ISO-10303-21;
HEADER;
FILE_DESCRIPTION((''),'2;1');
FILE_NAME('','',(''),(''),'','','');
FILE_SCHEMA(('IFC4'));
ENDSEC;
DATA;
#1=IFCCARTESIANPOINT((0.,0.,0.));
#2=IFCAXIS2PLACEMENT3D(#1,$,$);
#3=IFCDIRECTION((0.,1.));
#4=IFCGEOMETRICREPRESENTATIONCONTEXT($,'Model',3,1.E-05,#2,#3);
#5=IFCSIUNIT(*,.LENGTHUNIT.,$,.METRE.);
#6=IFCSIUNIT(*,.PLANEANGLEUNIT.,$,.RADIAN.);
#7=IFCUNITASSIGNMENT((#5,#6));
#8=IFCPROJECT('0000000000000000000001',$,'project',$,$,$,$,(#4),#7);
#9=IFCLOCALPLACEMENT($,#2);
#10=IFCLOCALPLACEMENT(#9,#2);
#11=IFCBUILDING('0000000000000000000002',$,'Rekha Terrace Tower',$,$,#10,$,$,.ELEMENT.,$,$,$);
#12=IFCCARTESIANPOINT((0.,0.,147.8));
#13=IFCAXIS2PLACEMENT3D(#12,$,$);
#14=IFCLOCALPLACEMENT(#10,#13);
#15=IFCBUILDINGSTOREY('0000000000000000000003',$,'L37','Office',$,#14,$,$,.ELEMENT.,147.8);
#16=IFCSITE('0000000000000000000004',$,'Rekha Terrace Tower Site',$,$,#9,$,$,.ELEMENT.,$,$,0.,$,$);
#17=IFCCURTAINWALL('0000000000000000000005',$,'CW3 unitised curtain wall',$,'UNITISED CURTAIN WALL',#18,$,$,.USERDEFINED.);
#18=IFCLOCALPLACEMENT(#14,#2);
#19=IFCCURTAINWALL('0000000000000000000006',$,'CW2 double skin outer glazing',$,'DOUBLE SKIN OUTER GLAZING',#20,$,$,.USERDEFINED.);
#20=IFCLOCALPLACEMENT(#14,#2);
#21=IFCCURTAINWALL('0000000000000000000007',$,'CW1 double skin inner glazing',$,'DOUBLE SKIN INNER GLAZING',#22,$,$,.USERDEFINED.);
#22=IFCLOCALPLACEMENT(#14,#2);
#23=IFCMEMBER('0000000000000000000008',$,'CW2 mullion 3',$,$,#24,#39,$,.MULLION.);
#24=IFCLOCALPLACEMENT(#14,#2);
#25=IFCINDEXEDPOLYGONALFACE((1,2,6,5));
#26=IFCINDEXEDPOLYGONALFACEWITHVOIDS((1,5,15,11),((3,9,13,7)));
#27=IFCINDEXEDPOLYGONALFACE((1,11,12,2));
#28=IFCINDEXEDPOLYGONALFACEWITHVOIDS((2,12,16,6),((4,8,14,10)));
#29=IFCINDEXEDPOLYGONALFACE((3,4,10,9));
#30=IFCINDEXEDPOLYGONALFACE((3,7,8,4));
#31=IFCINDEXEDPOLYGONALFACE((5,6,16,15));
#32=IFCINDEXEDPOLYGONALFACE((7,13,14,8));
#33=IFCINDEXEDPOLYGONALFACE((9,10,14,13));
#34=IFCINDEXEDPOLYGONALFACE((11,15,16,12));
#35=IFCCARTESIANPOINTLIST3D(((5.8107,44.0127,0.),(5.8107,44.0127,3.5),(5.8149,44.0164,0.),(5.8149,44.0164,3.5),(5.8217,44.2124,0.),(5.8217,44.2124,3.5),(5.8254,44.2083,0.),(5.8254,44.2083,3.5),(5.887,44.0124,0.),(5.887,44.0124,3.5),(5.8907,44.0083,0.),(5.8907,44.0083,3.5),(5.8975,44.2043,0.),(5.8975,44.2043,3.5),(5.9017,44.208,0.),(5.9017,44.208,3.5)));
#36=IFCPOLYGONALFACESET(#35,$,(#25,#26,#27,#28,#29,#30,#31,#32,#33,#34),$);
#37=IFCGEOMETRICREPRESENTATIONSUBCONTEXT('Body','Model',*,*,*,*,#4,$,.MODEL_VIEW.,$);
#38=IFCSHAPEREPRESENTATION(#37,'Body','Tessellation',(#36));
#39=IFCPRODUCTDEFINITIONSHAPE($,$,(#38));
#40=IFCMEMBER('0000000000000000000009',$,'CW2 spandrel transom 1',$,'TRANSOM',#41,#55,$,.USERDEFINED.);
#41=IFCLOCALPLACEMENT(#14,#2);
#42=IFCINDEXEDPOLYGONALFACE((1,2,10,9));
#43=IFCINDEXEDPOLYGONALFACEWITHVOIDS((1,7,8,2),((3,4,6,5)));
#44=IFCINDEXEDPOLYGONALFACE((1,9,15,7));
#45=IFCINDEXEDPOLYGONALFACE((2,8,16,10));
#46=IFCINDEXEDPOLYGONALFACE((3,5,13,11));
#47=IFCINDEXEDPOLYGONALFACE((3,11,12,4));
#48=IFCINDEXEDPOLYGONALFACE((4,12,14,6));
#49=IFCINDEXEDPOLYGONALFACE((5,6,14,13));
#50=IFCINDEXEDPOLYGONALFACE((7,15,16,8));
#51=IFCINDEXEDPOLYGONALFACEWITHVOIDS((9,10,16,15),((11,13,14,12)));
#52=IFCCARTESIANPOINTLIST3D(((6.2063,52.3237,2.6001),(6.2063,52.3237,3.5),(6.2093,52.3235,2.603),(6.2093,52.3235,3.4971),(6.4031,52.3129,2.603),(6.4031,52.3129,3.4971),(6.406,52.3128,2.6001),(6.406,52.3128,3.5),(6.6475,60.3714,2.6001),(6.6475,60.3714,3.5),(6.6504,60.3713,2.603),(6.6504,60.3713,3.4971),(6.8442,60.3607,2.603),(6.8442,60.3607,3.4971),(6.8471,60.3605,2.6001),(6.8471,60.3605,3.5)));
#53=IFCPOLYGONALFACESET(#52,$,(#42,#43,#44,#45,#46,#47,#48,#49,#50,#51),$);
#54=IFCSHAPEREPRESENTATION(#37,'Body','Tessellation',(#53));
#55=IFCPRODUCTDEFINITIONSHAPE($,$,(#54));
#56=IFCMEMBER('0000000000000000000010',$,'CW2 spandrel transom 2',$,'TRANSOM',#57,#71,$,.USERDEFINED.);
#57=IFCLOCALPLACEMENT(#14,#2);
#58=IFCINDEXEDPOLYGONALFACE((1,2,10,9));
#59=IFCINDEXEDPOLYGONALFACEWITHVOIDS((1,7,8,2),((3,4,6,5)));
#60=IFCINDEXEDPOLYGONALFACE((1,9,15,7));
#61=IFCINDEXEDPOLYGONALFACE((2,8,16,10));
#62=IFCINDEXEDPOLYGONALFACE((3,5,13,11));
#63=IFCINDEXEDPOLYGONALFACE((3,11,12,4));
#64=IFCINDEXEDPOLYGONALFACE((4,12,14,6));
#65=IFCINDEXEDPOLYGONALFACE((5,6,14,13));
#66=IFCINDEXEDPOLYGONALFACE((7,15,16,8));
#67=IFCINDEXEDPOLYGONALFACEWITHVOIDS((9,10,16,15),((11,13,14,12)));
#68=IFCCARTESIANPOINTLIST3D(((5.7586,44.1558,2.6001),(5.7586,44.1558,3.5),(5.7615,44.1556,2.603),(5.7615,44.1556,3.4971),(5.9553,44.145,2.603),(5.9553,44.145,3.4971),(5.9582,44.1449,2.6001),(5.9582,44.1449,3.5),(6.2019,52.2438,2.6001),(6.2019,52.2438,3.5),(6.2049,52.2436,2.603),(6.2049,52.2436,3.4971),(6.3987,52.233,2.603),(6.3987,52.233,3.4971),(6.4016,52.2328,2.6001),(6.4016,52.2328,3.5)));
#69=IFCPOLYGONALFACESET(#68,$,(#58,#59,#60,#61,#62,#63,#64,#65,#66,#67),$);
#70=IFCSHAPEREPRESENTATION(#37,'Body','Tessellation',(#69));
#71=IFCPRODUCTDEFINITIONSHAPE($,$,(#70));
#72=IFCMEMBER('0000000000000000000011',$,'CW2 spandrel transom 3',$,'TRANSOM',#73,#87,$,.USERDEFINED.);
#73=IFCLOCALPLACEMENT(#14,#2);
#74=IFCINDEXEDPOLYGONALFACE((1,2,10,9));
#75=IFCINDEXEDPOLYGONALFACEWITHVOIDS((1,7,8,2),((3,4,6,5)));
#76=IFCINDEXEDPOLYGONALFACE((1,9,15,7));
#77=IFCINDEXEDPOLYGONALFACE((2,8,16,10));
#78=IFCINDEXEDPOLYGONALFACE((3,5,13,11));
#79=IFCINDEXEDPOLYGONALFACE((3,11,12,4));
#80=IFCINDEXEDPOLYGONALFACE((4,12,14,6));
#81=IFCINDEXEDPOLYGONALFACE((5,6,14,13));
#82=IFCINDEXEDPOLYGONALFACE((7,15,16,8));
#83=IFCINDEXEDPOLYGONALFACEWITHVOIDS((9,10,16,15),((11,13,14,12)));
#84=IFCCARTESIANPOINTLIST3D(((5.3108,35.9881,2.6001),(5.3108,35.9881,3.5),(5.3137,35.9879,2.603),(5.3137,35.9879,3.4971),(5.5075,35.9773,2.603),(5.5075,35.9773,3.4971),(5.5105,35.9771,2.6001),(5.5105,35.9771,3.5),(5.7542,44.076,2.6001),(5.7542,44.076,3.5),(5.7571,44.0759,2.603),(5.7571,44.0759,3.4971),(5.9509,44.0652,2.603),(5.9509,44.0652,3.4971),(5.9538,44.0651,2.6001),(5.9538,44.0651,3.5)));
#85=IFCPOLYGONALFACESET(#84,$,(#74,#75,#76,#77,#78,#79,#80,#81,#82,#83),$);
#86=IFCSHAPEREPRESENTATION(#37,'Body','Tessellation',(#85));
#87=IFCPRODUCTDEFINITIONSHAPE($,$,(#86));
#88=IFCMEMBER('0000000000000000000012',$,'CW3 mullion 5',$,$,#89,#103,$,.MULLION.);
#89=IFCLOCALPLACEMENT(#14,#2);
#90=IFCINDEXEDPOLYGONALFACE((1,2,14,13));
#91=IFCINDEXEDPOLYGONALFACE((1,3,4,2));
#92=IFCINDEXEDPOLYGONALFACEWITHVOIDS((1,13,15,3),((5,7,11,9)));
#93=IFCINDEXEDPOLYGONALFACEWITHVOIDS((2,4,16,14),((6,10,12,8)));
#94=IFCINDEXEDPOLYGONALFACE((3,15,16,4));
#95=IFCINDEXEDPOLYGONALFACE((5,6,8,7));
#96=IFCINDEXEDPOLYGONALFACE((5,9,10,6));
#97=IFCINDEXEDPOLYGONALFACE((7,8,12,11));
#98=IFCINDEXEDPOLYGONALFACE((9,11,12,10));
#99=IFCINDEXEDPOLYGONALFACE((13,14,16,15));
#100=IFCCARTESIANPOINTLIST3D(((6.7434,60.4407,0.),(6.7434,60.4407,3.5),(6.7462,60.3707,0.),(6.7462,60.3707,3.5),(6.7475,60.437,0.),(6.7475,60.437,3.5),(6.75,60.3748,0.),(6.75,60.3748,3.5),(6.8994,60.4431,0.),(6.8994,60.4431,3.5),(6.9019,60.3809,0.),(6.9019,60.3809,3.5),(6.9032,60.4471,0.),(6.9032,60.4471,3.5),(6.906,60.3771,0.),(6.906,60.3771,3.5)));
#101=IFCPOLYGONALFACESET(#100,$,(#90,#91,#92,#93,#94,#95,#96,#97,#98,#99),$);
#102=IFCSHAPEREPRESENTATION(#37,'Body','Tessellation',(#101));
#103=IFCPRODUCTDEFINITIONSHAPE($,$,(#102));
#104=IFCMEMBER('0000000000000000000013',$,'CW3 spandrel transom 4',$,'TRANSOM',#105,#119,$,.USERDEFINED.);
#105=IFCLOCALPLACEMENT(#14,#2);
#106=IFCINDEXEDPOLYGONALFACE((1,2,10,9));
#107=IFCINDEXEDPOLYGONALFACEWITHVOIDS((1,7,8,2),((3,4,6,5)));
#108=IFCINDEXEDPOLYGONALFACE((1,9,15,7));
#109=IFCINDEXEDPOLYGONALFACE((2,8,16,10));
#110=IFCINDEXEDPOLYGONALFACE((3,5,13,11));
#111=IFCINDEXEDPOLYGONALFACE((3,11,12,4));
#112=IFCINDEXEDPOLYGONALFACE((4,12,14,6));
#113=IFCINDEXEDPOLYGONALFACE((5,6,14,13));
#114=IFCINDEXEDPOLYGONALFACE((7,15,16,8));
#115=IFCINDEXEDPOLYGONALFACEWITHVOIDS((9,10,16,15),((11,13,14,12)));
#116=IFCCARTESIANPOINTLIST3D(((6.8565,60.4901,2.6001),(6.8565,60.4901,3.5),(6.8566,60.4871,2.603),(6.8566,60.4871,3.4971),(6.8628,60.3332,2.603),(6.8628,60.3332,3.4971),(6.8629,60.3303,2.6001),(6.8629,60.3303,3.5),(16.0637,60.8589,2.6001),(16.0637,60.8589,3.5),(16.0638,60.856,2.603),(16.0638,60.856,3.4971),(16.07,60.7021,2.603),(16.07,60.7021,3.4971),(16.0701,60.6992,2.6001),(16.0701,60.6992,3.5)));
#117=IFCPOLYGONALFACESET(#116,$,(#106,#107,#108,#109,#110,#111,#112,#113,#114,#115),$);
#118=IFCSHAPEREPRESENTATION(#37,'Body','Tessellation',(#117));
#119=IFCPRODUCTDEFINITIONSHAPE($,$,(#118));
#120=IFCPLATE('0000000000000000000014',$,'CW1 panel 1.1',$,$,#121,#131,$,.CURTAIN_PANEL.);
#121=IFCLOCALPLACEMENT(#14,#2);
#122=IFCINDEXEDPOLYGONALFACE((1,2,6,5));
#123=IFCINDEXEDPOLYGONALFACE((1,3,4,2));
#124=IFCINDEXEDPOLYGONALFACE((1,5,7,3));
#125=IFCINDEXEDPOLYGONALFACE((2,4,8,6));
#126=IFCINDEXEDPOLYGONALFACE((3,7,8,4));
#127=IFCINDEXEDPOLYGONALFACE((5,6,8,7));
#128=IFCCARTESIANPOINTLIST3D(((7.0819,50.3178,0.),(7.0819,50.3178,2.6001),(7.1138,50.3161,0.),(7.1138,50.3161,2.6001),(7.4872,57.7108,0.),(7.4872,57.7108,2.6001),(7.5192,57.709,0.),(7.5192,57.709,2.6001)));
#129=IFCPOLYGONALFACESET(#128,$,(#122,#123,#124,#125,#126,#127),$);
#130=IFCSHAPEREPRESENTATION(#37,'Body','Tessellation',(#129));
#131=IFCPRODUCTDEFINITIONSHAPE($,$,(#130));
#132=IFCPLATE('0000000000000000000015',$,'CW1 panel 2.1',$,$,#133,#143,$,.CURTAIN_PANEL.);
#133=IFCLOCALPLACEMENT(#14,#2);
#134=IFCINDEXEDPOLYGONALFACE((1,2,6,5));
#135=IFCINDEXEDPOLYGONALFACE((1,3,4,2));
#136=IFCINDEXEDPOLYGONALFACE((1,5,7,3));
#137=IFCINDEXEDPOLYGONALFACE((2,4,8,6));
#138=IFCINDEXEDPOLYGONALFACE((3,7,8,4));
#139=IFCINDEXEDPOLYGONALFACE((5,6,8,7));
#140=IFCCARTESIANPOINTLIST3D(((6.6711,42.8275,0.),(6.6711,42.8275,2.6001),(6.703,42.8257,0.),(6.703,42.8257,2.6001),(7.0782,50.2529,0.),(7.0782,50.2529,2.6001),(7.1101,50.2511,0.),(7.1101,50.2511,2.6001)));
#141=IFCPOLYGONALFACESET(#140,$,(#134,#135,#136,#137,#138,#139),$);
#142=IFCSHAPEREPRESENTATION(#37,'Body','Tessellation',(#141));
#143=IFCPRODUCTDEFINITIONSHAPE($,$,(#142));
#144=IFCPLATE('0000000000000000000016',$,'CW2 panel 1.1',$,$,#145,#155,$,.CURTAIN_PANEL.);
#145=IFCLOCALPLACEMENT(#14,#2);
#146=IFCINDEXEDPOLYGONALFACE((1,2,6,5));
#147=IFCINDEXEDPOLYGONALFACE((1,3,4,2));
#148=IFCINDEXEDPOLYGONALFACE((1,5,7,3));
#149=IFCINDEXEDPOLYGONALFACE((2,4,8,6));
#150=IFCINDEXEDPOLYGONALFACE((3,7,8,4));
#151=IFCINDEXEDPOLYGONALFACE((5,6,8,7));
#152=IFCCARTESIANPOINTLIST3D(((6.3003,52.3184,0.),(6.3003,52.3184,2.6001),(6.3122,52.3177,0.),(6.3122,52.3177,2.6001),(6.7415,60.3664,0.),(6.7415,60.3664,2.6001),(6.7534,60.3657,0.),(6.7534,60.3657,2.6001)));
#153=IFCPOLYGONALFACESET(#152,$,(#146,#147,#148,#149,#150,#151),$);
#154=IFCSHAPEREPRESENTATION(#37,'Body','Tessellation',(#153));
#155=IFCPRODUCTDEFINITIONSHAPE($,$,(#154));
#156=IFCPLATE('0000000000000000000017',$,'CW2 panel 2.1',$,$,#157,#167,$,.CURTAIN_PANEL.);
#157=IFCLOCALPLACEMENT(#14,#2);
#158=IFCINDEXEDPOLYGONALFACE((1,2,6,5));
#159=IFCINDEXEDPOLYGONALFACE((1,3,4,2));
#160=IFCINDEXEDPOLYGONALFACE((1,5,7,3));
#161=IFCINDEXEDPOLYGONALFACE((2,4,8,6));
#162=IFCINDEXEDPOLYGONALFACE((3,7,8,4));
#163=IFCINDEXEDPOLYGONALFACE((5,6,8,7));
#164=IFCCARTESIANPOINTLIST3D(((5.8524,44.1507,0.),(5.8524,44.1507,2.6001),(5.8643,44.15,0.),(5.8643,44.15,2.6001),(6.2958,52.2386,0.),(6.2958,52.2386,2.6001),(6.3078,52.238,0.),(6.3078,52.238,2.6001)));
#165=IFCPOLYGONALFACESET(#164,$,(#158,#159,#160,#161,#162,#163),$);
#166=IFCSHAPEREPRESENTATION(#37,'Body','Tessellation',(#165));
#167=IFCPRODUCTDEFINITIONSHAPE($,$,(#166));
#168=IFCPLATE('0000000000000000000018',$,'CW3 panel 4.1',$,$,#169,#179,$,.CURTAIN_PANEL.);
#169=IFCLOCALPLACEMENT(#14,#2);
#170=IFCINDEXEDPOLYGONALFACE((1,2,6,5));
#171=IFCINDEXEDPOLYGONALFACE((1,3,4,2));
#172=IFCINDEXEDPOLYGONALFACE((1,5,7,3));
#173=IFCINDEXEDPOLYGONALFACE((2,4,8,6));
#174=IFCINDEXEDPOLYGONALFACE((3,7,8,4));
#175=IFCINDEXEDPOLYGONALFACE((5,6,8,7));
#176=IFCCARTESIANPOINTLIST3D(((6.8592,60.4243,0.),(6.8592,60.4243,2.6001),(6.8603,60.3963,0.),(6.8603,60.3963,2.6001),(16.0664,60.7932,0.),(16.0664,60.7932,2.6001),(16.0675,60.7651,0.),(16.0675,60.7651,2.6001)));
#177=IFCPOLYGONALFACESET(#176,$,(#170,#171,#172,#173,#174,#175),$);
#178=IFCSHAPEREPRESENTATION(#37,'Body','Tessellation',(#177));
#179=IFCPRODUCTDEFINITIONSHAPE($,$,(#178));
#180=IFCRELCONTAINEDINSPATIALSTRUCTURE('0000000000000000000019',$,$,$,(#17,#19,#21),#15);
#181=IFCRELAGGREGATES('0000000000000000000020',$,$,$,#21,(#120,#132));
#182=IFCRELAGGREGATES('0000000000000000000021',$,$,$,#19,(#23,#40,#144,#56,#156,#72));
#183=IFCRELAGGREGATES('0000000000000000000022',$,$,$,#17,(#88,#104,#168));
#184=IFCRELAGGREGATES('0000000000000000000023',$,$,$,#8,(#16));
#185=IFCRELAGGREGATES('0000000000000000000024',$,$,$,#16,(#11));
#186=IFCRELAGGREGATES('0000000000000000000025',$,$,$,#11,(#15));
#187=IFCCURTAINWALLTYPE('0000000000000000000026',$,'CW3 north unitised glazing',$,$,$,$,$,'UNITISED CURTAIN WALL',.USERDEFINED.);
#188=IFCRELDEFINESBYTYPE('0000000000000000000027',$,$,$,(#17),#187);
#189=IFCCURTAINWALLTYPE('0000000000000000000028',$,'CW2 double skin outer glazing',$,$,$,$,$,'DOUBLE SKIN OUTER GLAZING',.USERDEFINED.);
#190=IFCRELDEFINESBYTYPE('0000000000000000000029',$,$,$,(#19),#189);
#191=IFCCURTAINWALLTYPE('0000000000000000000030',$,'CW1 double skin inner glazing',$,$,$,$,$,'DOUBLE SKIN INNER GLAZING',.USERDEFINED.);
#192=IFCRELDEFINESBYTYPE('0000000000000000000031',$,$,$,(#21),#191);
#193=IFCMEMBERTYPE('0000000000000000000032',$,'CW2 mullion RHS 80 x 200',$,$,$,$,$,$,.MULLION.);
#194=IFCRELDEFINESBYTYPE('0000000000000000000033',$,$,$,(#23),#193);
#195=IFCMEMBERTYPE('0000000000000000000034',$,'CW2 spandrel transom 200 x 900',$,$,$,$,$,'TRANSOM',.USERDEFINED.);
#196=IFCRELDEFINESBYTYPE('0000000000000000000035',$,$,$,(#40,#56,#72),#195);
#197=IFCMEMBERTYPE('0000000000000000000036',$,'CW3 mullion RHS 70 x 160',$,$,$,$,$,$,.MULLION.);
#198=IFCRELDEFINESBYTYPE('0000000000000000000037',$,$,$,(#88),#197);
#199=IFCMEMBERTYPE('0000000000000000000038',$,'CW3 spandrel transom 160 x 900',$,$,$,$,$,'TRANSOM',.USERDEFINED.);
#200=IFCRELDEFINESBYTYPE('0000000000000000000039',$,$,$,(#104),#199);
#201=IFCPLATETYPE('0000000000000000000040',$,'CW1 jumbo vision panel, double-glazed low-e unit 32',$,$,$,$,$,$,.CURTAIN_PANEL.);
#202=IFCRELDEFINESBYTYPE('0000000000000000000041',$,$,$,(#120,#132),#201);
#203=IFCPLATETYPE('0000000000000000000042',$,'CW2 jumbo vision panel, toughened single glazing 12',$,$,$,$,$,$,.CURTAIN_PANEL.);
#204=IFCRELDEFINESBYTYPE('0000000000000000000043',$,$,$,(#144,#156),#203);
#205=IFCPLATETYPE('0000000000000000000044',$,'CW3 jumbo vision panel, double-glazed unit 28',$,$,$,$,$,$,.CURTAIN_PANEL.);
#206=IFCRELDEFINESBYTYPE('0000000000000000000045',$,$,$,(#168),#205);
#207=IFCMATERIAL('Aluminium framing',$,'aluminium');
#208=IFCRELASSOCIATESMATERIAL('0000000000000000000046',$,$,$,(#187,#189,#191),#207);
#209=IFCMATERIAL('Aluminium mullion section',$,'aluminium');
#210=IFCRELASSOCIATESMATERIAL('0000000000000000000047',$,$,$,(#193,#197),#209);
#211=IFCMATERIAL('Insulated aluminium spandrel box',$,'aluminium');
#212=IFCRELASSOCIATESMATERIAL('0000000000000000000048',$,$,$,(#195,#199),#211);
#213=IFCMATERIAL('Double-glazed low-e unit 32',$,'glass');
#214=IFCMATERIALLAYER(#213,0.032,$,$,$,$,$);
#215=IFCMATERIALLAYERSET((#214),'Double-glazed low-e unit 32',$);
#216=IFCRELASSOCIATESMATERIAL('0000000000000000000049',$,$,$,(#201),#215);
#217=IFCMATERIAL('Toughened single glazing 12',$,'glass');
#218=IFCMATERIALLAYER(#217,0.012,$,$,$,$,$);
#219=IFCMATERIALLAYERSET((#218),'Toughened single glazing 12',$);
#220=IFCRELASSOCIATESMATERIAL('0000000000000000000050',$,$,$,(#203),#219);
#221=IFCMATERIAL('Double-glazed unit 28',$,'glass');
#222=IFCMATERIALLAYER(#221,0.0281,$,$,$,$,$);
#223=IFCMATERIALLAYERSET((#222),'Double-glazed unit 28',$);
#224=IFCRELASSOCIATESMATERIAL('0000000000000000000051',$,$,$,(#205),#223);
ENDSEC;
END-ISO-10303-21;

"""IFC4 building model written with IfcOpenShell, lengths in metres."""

from ifc_helpers import new_model, si_unit, direction, frame, origin, origin_2d, place, context, subcontext, project, spatial, rectangle, hollow_rectangle, extrude, material, layer, layer_set, material_profile, profile_set, type_object, element, aggregate, save


model = new_model("IFC4")

# Units and contexts
model_context = context("Model", 3, precision=1e-05, world=origin(), true_north=direction((0.0, 1.0)))
body_context = subcontext(model_context, "Body", "Model", "MODEL_VIEW")
ifc_project = project(units=[si_unit("LENGTHUNIT", "METRE"), si_unit("PLANEANGLEUNIT", "RADIAN")], contexts=[model_context])

# Site, building, storey
site_placement = place(None, origin())
site = spatial("IfcSite", under=ifc_project, at=site_placement, Name="Rekha Terrace Tower Site", CompositionType="ELEMENT", RefElevation=0.0)
building_placement = place(site_placement, origin())
building = spatial("IfcBuilding", under=site, at=building_placement, Name="Rekha Terrace Tower", CompositionType="ELEMENT")
storey_placement = place(building_placement, frame((0.0, 0.0, 147.8)))
storey = spatial("IfcBuildingStorey", under=building, at=storey_placement, Name="L37", Description="Office", CompositionType="ELEMENT", Elevation=147.8)

# Curtain wall
ifc_material_1 = material(Name="Aluminium framing", Category="aluminium")
curtain_wall_type_1 = type_object("IfcCurtainWallType", Name="CW3 north unitised glazing", ElementType="UNITISED CURTAIN WALL", PredefinedType="USERDEFINED", material=ifc_material_1)
curtain_wall_1_placement = place(storey_placement, origin())
curtain_wall_1 = element("IfcCurtainWall", 1, at=curtain_wall_1_placement, inside=storey, type_object=curtain_wall_type_1, Name="CW3 unitised curtain wall", ObjectType="UNITISED CURTAIN WALL", PredefinedType="USERDEFINED")

# Curtain walls
curtain_wall_type_2 = type_object("IfcCurtainWallType", Name="CW2 double skin outer glazing", ElementType="DOUBLE SKIN OUTER GLAZING", PredefinedType="USERDEFINED", material=ifc_material_1)
curtain_wall_2_placement = place(storey_placement, origin())
curtain_wall_2 = element("IfcCurtainWall", 2, at=curtain_wall_2_placement, inside=storey, type_object=curtain_wall_type_2, Name="CW2 double skin outer glazing", ObjectType="DOUBLE SKIN OUTER GLAZING", PredefinedType="USERDEFINED")
curtain_wall_type_3 = type_object("IfcCurtainWallType", Name="CW1 double skin inner glazing", ElementType="DOUBLE SKIN INNER GLAZING", PredefinedType="USERDEFINED", material=ifc_material_1)
curtain_wall_3_placement = place(storey_placement, origin())
curtain_wall_3 = element("IfcCurtainWall", 3, at=curtain_wall_3_placement, inside=storey, type_object=curtain_wall_type_3, Name="CW1 double skin inner glazing", ObjectType="DOUBLE SKIN INNER GLAZING", PredefinedType="USERDEFINED")
ifc_material_2 = material(Name="Aluminium mullion section", Category="aluminium")
ifc_material_3 = material(Name="Insulated aluminium spandrel box", Category="aluminium")

# Members
ifc_material_profile_1 = material_profile(ifc_material_2, hollow_rectangle(XDim=0.0801, YDim=0.2, WallThickness=0.0039, at=origin_2d()), Name="AL RHS 80x200")
ifc_profile_set_1 = profile_set([ifc_material_profile_1], Name="Aluminium mullion section")
member_type_1 = type_object("IfcMemberType", Name="CW2 mullion RHS 80 x 200", PredefinedType="MULLION", material=ifc_profile_set_1)
member_1_placement = place(storey_placement, frame((5.8562, 44.1104, 0.0), z_axis=(0.0, 0.0, 1.0), x_axis=(0.998501, -0.054742, 0.0)))
member_1 = element("IfcMember", 4, at=member_1_placement, type_object=member_type_1, Name="CW2 mullion 3", PredefinedType="MULLION", context=body_context, shape_type="SweptSolid", body=[
    extrude(hollow_rectangle(XDim=0.0801, YDim=0.2, WallThickness=0.0039, at=origin_2d()), origin(), (0.0, 0.0, 1.0), 3.5),
])
ifc_material_profile_2 = material_profile(ifc_material_3, hollow_rectangle(XDim=0.2, YDim=0.8999, WallThickness=0.0029, at=origin_2d()), Name="AL SPANDREL BOX 200x900")
ifc_profile_set_2 = profile_set([ifc_material_profile_2], Name="Insulated aluminium spandrel box")
member_type_2 = type_object("IfcMemberType", Name="CW2 spandrel transom 200 x 900", ElementType="TRANSOM", PredefinedType="USERDEFINED", material=ifc_profile_set_2)
member_2_placement = place(storey_placement, frame((6.7473, 60.366, 3.05), z_axis=(-0.054735, -0.998501, 0.0), x_axis=(0.998501, -0.054735, 0.0)))
member_2 = element("IfcMember", 5, at=member_2_placement, type_object=member_type_2, Name="CW2 spandrel transom 1", ObjectType="TRANSOM", PredefinedType="USERDEFINED", context=body_context, shape_type="SweptSolid", body=[
    extrude(hollow_rectangle(XDim=0.2, YDim=0.8999, WallThickness=0.0029, at=origin_2d()), origin(), (0.0, 0.0, 1.0), 8.0598),
])
member_3_placement = place(storey_placement, frame((6.3018, 52.2383, 3.05), z_axis=(-0.054735, -0.998501, 0.0), x_axis=(0.998501, -0.054735, 0.0)))
member_3 = element("IfcMember", 6, at=member_3_placement, type_object=member_type_2, Name="CW2 spandrel transom 2", ObjectType="TRANSOM", PredefinedType="USERDEFINED", context=body_context, shape_type="SweptSolid", body=[
    extrude(hollow_rectangle(XDim=0.2, YDim=0.8999, WallThickness=0.0029, at=origin_2d()), origin(), (0.0, 0.0, 1.0), 8.1001),
])
member_4_placement = place(storey_placement, frame((5.854, 44.0706, 3.05), z_axis=(-0.054735, -0.998501, 0.0), x_axis=(0.998501, -0.054735, 0.0)))
member_4 = element("IfcMember", 7, at=member_4_placement, type_object=member_type_2, Name="CW2 spandrel transom 3", ObjectType="TRANSOM", PredefinedType="USERDEFINED", context=body_context, shape_type="SweptSolid", body=[
    extrude(hollow_rectangle(XDim=0.2, YDim=0.8999, WallThickness=0.0029, at=origin_2d()), origin(), (0.0, 0.0, 1.0), 8.1001),
])
ifc_material_profile_3 = material_profile(ifc_material_2, hollow_rectangle(XDim=0.0701, YDim=0.1599, WallThickness=0.0039, at=origin_2d()), Name="AL RHS 70x160")
ifc_profile_set_3 = profile_set([ifc_material_profile_3], Name="Aluminium mullion section")
member_type_3 = type_object("IfcMemberType", Name="CW3 mullion RHS 70 x 160", PredefinedType="MULLION", material=ifc_profile_set_3)
member_5_placement = place(storey_placement, frame((6.8247, 60.4089, 0.0), z_axis=(0.0, 0.0, 1.0), x_axis=(0.040032, -0.999198, 0.0)))
member_5 = element("IfcMember", 8, at=member_5_placement, type_object=member_type_3, Name="CW3 mullion 5", PredefinedType="MULLION", context=body_context, shape_type="SweptSolid", body=[
    extrude(hollow_rectangle(XDim=0.0701, YDim=0.1599, WallThickness=0.0039, at=origin_2d()), origin(), (0.0, 0.0, 1.0), 3.5),
])
ifc_material_profile_4 = material_profile(ifc_material_3, hollow_rectangle(XDim=0.1599, YDim=0.8999, WallThickness=0.0029, at=origin_2d()), Name="AL SPANDREL BOX 160x900")
ifc_profile_set_4 = profile_set([ifc_material_profile_4], Name="Insulated aluminium spandrel box")
member_type_4 = type_object("IfcMemberType", Name="CW3 spandrel transom 160 x 900", ElementType="TRANSOM", PredefinedType="USERDEFINED", material=ifc_profile_set_4)
member_6_placement = place(storey_placement, frame((16.0669, 60.7791, 3.05), z_axis=(-0.999198, -0.040034, 0.0), x_axis=(0.040034, -0.999198, 0.0)))
member_6 = element("IfcMember", 9, at=member_6_placement, type_object=member_type_4, Name="CW3 spandrel transom 4", ObjectType="TRANSOM", PredefinedType="USERDEFINED", context=body_context, shape_type="SweptSolid", body=[
    extrude(hollow_rectangle(XDim=0.1599, YDim=0.8999, WallThickness=0.0029, at=origin_2d()), origin(), (0.0, 0.0, 1.0), 9.2146),
])

# Plates
ifc_material_4 = material(Name="Double-glazed low-e unit 32", Category="glass")
ifc_layer_1 = layer(ifc_material_4, 0.032)
ifc_layer_set_1 = layer_set([ifc_layer_1], Name="Double-glazed low-e unit 32")
plate_type_1 = type_object("IfcPlateType", Name="CW1 jumbo vision panel, double-glazed low-e unit 32", PredefinedType="CURTAIN_PANEL", material=ifc_layer_set_1)
plate_1_placement = place(storey_placement, frame((7.3005, 54.0134, 0.0), z_axis=(0.0, 0.0, 1.0), x_axis=(-0.054742, -0.998501, 0.0)))
plate_1 = element("IfcPlate", 10, at=plate_1_placement, type_object=plate_type_1, Name="CW1 panel 1.1", PredefinedType="CURTAIN_PANEL", context=body_context, shape_type="SweptSolid", body=[
    extrude(rectangle(XDim=7.4041, YDim=0.032, at=origin_2d()), origin(), (0.0, 0.0, 1.0), 2.6001),
])
plate_2_placement = place(storey_placement, frame((6.8906, 46.5393, 0.0), z_axis=(0.0, 0.0, 1.0), x_axis=(-0.054742, -0.998501, 0.0)))
plate_2 = element("IfcPlate", 11, at=plate_2_placement, type_object=plate_type_1, Name="CW1 panel 2.1", PredefinedType="CURTAIN_PANEL", context=body_context, shape_type="SweptSolid", body=[
    extrude(rectangle(XDim=7.4365, YDim=0.032, at=origin_2d()), origin(), (0.0, 0.0, 1.0), 2.6001),
])
aggregate(curtain_wall_3, [plate_1, plate_2])
ifc_material_5 = material(Name="Toughened single glazing 12", Category="glass")
ifc_layer_2 = layer(ifc_material_5, 0.012)
ifc_layer_set_2 = layer_set([ifc_layer_2], Name="Toughened single glazing 12")
plate_type_2 = type_object("IfcPlateType", Name="CW2 jumbo vision panel, toughened single glazing 12", PredefinedType="CURTAIN_PANEL", material=ifc_layer_set_2)
plate_3_placement = place(storey_placement, frame((6.5269, 56.342, 0.0), z_axis=(0.0, 0.0, 1.0), x_axis=(-0.054742, -0.998501, 0.0)))
plate_3 = element("IfcPlate", 12, at=plate_3_placement, type_object=plate_type_2, Name="CW2 panel 1.1", PredefinedType="CURTAIN_PANEL", context=body_context, shape_type="SweptSolid", body=[
    extrude(rectangle(XDim=8.0601, YDim=0.012, at=origin_2d()), origin(), (0.0, 0.0, 1.0), 2.6001),
])
plate_4_placement = place(storey_placement, frame((6.0801, 48.1943, 0.0), z_axis=(0.0, 0.0, 1.0), x_axis=(-0.054742, -0.998501, 0.0)))
plate_4 = element("IfcPlate", 13, at=plate_4_placement, type_object=plate_type_2, Name="CW2 panel 2.1", PredefinedType="CURTAIN_PANEL", context=body_context, shape_type="SweptSolid", body=[
    extrude(rectangle(XDim=8.1001, YDim=0.012, at=origin_2d()), origin(), (0.0, 0.0, 1.0), 2.6001),
])
aggregate(curtain_wall_2, [member_1, member_2, plate_3, member_3, plate_4, member_4])
ifc_material_6 = material(Name="Double-glazed unit 28", Category="glass")
ifc_layer_3 = layer(ifc_material_6, 0.0281)
ifc_layer_set_3 = layer_set([ifc_layer_3], Name="Double-glazed unit 28")
plate_type_3 = type_object("IfcPlateType", Name="CW3 jumbo vision panel, double-glazed unit 28", PredefinedType="CURTAIN_PANEL", material=ifc_layer_set_3)
plate_5_placement = place(storey_placement, frame((11.4634, 60.5947, 0.0), z_axis=(0.0, 0.0, 1.0), x_axis=(-0.999198, -0.040032, 0.0)))
plate_5 = element("IfcPlate", 14, at=plate_5_placement, type_object=plate_type_3, Name="CW3 panel 4.1", PredefinedType="CURTAIN_PANEL", context=body_context, shape_type="SweptSolid", body=[
    extrude(rectangle(XDim=9.2146, YDim=0.0281, at=origin_2d()), origin(), (0.0, 0.0, 1.0), 2.6001),
])
aggregate(curtain_wall_1, [member_5, member_6, plate_5])

save(model, "model.ifc")
